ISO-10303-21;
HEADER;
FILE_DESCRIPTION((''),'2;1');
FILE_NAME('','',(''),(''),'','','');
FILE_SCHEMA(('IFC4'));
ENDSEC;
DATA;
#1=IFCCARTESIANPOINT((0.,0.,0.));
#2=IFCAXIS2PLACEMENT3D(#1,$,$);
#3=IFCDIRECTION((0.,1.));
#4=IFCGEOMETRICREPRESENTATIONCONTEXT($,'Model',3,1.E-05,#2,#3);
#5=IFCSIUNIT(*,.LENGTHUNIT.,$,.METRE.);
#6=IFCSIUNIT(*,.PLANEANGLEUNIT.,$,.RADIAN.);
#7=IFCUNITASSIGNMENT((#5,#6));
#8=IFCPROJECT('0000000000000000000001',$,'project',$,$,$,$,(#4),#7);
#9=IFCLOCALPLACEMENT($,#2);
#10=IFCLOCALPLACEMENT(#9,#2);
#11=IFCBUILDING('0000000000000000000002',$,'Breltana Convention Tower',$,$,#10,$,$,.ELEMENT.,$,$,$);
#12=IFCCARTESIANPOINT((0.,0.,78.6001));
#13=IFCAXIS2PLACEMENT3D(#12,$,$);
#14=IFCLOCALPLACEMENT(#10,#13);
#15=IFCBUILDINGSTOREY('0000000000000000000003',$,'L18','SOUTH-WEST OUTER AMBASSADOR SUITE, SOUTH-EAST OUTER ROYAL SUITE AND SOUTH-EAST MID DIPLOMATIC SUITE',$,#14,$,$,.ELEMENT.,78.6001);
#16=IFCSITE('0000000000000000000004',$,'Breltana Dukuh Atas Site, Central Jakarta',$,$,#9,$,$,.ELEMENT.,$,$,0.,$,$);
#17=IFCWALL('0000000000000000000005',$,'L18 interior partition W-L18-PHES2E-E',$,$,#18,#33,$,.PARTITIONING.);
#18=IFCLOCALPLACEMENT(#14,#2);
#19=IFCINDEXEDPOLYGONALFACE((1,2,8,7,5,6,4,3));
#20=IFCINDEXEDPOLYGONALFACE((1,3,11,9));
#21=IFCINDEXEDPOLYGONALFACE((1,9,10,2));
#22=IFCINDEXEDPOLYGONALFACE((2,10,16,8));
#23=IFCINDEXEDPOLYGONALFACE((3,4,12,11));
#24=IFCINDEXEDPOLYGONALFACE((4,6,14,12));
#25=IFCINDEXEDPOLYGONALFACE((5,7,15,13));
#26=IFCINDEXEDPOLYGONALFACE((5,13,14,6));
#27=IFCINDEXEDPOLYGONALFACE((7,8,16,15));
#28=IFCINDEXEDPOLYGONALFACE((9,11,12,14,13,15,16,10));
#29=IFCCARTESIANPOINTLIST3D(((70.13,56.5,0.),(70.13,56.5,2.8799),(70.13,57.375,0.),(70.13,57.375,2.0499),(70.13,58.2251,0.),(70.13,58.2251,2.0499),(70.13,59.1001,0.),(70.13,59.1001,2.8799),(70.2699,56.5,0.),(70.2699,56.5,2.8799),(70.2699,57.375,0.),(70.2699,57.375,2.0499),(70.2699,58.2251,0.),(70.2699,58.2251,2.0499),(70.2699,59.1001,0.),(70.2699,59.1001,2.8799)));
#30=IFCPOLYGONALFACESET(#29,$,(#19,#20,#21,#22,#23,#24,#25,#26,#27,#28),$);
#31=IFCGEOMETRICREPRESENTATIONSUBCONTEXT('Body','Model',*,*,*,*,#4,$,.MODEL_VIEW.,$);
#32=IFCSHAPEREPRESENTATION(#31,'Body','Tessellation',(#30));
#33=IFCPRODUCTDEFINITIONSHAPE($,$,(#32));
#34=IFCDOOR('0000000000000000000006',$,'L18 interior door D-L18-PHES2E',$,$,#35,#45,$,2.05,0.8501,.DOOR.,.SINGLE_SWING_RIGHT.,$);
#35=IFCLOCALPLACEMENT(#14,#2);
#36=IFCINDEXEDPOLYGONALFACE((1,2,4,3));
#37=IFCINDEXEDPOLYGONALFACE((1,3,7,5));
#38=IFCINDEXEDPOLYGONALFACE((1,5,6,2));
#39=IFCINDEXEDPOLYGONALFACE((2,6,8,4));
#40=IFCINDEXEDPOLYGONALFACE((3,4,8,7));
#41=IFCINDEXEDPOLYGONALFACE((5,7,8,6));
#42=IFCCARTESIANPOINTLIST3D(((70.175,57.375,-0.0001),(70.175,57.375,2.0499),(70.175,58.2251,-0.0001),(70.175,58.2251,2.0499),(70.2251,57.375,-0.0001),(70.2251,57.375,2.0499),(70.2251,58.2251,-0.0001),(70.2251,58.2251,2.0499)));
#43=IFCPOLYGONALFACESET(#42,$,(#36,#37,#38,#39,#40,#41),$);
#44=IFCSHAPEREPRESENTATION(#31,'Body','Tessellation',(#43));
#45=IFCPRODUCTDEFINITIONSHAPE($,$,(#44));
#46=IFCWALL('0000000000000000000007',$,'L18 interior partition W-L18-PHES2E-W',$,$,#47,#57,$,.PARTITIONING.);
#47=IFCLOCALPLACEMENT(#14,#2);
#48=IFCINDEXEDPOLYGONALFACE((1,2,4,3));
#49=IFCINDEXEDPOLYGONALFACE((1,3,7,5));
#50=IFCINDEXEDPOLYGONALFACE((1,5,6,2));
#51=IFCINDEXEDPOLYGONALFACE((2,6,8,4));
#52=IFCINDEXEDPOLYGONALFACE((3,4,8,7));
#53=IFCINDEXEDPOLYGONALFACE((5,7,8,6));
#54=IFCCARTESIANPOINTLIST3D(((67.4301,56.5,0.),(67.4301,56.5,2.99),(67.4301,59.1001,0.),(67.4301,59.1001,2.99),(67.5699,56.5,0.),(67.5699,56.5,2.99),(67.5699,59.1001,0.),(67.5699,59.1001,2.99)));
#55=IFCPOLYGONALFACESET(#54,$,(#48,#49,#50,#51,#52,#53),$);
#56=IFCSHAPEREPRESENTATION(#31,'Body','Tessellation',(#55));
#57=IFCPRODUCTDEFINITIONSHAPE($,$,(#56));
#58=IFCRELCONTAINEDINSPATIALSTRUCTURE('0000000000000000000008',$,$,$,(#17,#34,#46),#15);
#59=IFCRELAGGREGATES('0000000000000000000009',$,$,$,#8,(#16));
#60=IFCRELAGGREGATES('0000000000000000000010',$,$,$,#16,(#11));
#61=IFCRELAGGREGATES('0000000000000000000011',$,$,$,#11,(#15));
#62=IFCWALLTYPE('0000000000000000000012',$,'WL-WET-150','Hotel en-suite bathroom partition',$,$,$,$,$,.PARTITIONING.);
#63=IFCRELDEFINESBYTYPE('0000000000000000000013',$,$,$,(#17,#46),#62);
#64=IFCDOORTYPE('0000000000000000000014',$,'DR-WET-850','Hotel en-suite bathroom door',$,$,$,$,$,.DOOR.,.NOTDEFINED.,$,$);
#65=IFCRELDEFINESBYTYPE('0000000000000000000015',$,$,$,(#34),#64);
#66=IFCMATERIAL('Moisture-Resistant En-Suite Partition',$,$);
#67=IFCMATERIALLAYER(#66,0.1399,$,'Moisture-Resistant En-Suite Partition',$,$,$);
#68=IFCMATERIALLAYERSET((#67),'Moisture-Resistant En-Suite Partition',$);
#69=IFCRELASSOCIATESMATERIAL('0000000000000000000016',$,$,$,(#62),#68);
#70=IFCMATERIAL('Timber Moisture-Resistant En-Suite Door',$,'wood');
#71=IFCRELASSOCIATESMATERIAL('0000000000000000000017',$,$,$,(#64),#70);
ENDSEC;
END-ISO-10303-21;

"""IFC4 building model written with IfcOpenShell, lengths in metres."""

from ifc_helpers import new_model, si_unit, direction, frame, frame_2d, origin, place, context, subcontext, project, spatial, rectangle, extrude, source, transform, mapped, material, layer, layer_set, type_object, type_shapes, element, fill, save


model = new_model("IFC4")

# Units and contexts
model_context = context("Model", 3, precision=1e-05, world=origin(), true_north=direction((0.0, 1.0)))
body_context = subcontext(model_context, "Body", "Model", "MODEL_VIEW")
ifc_project = project(units=[si_unit("LENGTHUNIT", "METRE"), si_unit("PLANEANGLEUNIT", "RADIAN")], contexts=[model_context])

# Site, building, storey
site_placement = place(None, origin())
site = spatial("IfcSite", under=ifc_project, at=site_placement, Name="Breltana Dukuh Atas Site, Central Jakarta", CompositionType="ELEMENT", RefElevation=0.0)
building_placement = place(site_placement, origin())
building = spatial("IfcBuilding", under=site, at=building_placement, Name="Breltana Convention Tower", CompositionType="ELEMENT")
storey_placement = place(building_placement, frame((0.0, 0.0, 78.6001)))
storey = spatial("IfcBuildingStorey", under=building, at=storey_placement, Name="L18", Description="SOUTH-WEST OUTER AMBASSADOR SUITE, SOUTH-EAST OUTER ROYAL SUITE AND SOUTH-EAST MID DIPLOMATIC SUITE", CompositionType="ELEMENT", Elevation=78.6001)

# Shared definitions
ifc_material_1 = material(Name="Moisture-Resistant En-Suite Partition")
ifc_layer_1 = layer(ifc_material_1, 0.1399, Name="Moisture-Resistant En-Suite Partition")
ifc_layer_set_1 = layer_set([ifc_layer_1], Name="Moisture-Resistant En-Suite Partition")
wall_type_1 = type_object("IfcWallType", Name="WL-WET-150", Description="Hotel en-suite bathroom partition", PredefinedType="PARTITIONING", material=ifc_layer_set_1)

# Shared definitions
ifc_material_2 = material(Name="Timber Moisture-Resistant En-Suite Door", Category="wood")
door_type = type_object("IfcDoorType", Name="DR-WET-850", Description="Hotel en-suite bathroom door", OperationType="NOTDEFINED", PredefinedType="DOOR", material=ifc_material_2)
shared_shape_1 = source(origin(), body_context, "Body", "SweptSolid", [
    extrude(rectangle(XDim=0.8501, YDim=2.05, at=frame_2d((0.425, 1.0249))), frame((0.0, 0.0249, 0.0), z_axis=(0.0, -1.0, 0.0), x_axis=(1.0, 0.0, 0.0)), (0.0, 0.0, 1.0), 0.05),
])
type_shapes(door_type, [shared_shape_1])

# Wall, opening, door
shared_shape_2 = source(origin(), body_context, "Body", "SweptSolid", [
    extrude(rectangle(XDim=2.6001, YDim=0.1399, at=frame_2d((1.3, 0.0))), origin(), (0.0, 0.0, 1.0), 2.8799),
])
wall_1_placement = place(storey_placement, frame((70.2, 56.5, 0.0), z_axis=(0.0, 0.0, 1.0), x_axis=(0.0, 1.0, 0.0)))
wall_1 = element("IfcWall", 1, at=wall_1_placement, inside=storey, type_object=wall_type_1, Name="L18 interior partition W-L18-PHES2E-E", PredefinedType="PARTITIONING", context=body_context, shape_type="MappedRepresentation", body=[
    mapped(shared_shape_2, transform((0.0, 0.0, 0.0), scale=1.0)),
])
opening_1_placement = place(wall_1_placement, frame((0.875, 0.0, 0.0)))
opening_1 = element("IfcOpeningElement", 2, at=opening_1_placement, cuts=wall_1, PredefinedType="OPENING", context=body_context, shape_type="SweptSolid", body=[
    extrude(rectangle(XDim=0.8501, YDim=2.05, at=frame_2d((0.425, 1.0249))), frame((0.0, 0.0801, 0.0), z_axis=(0.0, -1.0, 0.0), x_axis=(1.0, 0.0, 0.0)), (0.0, 0.0, 1.0), 0.1599),
])
door_1_placement = place(opening_1_placement, origin())
door_1 = element("IfcDoor", 3, at=door_1_placement, inside=storey, type_object=door_type, Name="L18 interior door D-L18-PHES2E", OperationType="SINGLE_SWING_RIGHT", OverallHeight=2.05, OverallWidth=0.8501, PredefinedType="DOOR", context=body_context, shape_type="MappedRepresentation", body=[
    mapped(shared_shape_1, transform((0.0, 0.0, 0.0), scale=1.0)),
])
fill(opening_1, door_1)

# Wall
shared_shape_3 = source(origin(), body_context, "Body", "SweptSolid", [
    extrude(rectangle(XDim=2.6001, YDim=0.1399, at=frame_2d((1.3, 0.0))), origin(), (0.0, 0.0, 1.0), 2.99),
])
wall_2_placement = place(storey_placement, frame((67.5, 56.5, 0.0), z_axis=(0.0, 0.0, 1.0), x_axis=(0.0, 1.0, 0.0)))
element("IfcWall", 4, at=wall_2_placement, inside=storey, type_object=wall_type_1, Name="L18 interior partition W-L18-PHES2E-W", PredefinedType="PARTITIONING", context=body_context, shape_type="MappedRepresentation", body=[
    mapped(shared_shape_3, transform((0.0, 0.0, 0.0), scale=1.0)),
])

save(model, "model.ifc")
